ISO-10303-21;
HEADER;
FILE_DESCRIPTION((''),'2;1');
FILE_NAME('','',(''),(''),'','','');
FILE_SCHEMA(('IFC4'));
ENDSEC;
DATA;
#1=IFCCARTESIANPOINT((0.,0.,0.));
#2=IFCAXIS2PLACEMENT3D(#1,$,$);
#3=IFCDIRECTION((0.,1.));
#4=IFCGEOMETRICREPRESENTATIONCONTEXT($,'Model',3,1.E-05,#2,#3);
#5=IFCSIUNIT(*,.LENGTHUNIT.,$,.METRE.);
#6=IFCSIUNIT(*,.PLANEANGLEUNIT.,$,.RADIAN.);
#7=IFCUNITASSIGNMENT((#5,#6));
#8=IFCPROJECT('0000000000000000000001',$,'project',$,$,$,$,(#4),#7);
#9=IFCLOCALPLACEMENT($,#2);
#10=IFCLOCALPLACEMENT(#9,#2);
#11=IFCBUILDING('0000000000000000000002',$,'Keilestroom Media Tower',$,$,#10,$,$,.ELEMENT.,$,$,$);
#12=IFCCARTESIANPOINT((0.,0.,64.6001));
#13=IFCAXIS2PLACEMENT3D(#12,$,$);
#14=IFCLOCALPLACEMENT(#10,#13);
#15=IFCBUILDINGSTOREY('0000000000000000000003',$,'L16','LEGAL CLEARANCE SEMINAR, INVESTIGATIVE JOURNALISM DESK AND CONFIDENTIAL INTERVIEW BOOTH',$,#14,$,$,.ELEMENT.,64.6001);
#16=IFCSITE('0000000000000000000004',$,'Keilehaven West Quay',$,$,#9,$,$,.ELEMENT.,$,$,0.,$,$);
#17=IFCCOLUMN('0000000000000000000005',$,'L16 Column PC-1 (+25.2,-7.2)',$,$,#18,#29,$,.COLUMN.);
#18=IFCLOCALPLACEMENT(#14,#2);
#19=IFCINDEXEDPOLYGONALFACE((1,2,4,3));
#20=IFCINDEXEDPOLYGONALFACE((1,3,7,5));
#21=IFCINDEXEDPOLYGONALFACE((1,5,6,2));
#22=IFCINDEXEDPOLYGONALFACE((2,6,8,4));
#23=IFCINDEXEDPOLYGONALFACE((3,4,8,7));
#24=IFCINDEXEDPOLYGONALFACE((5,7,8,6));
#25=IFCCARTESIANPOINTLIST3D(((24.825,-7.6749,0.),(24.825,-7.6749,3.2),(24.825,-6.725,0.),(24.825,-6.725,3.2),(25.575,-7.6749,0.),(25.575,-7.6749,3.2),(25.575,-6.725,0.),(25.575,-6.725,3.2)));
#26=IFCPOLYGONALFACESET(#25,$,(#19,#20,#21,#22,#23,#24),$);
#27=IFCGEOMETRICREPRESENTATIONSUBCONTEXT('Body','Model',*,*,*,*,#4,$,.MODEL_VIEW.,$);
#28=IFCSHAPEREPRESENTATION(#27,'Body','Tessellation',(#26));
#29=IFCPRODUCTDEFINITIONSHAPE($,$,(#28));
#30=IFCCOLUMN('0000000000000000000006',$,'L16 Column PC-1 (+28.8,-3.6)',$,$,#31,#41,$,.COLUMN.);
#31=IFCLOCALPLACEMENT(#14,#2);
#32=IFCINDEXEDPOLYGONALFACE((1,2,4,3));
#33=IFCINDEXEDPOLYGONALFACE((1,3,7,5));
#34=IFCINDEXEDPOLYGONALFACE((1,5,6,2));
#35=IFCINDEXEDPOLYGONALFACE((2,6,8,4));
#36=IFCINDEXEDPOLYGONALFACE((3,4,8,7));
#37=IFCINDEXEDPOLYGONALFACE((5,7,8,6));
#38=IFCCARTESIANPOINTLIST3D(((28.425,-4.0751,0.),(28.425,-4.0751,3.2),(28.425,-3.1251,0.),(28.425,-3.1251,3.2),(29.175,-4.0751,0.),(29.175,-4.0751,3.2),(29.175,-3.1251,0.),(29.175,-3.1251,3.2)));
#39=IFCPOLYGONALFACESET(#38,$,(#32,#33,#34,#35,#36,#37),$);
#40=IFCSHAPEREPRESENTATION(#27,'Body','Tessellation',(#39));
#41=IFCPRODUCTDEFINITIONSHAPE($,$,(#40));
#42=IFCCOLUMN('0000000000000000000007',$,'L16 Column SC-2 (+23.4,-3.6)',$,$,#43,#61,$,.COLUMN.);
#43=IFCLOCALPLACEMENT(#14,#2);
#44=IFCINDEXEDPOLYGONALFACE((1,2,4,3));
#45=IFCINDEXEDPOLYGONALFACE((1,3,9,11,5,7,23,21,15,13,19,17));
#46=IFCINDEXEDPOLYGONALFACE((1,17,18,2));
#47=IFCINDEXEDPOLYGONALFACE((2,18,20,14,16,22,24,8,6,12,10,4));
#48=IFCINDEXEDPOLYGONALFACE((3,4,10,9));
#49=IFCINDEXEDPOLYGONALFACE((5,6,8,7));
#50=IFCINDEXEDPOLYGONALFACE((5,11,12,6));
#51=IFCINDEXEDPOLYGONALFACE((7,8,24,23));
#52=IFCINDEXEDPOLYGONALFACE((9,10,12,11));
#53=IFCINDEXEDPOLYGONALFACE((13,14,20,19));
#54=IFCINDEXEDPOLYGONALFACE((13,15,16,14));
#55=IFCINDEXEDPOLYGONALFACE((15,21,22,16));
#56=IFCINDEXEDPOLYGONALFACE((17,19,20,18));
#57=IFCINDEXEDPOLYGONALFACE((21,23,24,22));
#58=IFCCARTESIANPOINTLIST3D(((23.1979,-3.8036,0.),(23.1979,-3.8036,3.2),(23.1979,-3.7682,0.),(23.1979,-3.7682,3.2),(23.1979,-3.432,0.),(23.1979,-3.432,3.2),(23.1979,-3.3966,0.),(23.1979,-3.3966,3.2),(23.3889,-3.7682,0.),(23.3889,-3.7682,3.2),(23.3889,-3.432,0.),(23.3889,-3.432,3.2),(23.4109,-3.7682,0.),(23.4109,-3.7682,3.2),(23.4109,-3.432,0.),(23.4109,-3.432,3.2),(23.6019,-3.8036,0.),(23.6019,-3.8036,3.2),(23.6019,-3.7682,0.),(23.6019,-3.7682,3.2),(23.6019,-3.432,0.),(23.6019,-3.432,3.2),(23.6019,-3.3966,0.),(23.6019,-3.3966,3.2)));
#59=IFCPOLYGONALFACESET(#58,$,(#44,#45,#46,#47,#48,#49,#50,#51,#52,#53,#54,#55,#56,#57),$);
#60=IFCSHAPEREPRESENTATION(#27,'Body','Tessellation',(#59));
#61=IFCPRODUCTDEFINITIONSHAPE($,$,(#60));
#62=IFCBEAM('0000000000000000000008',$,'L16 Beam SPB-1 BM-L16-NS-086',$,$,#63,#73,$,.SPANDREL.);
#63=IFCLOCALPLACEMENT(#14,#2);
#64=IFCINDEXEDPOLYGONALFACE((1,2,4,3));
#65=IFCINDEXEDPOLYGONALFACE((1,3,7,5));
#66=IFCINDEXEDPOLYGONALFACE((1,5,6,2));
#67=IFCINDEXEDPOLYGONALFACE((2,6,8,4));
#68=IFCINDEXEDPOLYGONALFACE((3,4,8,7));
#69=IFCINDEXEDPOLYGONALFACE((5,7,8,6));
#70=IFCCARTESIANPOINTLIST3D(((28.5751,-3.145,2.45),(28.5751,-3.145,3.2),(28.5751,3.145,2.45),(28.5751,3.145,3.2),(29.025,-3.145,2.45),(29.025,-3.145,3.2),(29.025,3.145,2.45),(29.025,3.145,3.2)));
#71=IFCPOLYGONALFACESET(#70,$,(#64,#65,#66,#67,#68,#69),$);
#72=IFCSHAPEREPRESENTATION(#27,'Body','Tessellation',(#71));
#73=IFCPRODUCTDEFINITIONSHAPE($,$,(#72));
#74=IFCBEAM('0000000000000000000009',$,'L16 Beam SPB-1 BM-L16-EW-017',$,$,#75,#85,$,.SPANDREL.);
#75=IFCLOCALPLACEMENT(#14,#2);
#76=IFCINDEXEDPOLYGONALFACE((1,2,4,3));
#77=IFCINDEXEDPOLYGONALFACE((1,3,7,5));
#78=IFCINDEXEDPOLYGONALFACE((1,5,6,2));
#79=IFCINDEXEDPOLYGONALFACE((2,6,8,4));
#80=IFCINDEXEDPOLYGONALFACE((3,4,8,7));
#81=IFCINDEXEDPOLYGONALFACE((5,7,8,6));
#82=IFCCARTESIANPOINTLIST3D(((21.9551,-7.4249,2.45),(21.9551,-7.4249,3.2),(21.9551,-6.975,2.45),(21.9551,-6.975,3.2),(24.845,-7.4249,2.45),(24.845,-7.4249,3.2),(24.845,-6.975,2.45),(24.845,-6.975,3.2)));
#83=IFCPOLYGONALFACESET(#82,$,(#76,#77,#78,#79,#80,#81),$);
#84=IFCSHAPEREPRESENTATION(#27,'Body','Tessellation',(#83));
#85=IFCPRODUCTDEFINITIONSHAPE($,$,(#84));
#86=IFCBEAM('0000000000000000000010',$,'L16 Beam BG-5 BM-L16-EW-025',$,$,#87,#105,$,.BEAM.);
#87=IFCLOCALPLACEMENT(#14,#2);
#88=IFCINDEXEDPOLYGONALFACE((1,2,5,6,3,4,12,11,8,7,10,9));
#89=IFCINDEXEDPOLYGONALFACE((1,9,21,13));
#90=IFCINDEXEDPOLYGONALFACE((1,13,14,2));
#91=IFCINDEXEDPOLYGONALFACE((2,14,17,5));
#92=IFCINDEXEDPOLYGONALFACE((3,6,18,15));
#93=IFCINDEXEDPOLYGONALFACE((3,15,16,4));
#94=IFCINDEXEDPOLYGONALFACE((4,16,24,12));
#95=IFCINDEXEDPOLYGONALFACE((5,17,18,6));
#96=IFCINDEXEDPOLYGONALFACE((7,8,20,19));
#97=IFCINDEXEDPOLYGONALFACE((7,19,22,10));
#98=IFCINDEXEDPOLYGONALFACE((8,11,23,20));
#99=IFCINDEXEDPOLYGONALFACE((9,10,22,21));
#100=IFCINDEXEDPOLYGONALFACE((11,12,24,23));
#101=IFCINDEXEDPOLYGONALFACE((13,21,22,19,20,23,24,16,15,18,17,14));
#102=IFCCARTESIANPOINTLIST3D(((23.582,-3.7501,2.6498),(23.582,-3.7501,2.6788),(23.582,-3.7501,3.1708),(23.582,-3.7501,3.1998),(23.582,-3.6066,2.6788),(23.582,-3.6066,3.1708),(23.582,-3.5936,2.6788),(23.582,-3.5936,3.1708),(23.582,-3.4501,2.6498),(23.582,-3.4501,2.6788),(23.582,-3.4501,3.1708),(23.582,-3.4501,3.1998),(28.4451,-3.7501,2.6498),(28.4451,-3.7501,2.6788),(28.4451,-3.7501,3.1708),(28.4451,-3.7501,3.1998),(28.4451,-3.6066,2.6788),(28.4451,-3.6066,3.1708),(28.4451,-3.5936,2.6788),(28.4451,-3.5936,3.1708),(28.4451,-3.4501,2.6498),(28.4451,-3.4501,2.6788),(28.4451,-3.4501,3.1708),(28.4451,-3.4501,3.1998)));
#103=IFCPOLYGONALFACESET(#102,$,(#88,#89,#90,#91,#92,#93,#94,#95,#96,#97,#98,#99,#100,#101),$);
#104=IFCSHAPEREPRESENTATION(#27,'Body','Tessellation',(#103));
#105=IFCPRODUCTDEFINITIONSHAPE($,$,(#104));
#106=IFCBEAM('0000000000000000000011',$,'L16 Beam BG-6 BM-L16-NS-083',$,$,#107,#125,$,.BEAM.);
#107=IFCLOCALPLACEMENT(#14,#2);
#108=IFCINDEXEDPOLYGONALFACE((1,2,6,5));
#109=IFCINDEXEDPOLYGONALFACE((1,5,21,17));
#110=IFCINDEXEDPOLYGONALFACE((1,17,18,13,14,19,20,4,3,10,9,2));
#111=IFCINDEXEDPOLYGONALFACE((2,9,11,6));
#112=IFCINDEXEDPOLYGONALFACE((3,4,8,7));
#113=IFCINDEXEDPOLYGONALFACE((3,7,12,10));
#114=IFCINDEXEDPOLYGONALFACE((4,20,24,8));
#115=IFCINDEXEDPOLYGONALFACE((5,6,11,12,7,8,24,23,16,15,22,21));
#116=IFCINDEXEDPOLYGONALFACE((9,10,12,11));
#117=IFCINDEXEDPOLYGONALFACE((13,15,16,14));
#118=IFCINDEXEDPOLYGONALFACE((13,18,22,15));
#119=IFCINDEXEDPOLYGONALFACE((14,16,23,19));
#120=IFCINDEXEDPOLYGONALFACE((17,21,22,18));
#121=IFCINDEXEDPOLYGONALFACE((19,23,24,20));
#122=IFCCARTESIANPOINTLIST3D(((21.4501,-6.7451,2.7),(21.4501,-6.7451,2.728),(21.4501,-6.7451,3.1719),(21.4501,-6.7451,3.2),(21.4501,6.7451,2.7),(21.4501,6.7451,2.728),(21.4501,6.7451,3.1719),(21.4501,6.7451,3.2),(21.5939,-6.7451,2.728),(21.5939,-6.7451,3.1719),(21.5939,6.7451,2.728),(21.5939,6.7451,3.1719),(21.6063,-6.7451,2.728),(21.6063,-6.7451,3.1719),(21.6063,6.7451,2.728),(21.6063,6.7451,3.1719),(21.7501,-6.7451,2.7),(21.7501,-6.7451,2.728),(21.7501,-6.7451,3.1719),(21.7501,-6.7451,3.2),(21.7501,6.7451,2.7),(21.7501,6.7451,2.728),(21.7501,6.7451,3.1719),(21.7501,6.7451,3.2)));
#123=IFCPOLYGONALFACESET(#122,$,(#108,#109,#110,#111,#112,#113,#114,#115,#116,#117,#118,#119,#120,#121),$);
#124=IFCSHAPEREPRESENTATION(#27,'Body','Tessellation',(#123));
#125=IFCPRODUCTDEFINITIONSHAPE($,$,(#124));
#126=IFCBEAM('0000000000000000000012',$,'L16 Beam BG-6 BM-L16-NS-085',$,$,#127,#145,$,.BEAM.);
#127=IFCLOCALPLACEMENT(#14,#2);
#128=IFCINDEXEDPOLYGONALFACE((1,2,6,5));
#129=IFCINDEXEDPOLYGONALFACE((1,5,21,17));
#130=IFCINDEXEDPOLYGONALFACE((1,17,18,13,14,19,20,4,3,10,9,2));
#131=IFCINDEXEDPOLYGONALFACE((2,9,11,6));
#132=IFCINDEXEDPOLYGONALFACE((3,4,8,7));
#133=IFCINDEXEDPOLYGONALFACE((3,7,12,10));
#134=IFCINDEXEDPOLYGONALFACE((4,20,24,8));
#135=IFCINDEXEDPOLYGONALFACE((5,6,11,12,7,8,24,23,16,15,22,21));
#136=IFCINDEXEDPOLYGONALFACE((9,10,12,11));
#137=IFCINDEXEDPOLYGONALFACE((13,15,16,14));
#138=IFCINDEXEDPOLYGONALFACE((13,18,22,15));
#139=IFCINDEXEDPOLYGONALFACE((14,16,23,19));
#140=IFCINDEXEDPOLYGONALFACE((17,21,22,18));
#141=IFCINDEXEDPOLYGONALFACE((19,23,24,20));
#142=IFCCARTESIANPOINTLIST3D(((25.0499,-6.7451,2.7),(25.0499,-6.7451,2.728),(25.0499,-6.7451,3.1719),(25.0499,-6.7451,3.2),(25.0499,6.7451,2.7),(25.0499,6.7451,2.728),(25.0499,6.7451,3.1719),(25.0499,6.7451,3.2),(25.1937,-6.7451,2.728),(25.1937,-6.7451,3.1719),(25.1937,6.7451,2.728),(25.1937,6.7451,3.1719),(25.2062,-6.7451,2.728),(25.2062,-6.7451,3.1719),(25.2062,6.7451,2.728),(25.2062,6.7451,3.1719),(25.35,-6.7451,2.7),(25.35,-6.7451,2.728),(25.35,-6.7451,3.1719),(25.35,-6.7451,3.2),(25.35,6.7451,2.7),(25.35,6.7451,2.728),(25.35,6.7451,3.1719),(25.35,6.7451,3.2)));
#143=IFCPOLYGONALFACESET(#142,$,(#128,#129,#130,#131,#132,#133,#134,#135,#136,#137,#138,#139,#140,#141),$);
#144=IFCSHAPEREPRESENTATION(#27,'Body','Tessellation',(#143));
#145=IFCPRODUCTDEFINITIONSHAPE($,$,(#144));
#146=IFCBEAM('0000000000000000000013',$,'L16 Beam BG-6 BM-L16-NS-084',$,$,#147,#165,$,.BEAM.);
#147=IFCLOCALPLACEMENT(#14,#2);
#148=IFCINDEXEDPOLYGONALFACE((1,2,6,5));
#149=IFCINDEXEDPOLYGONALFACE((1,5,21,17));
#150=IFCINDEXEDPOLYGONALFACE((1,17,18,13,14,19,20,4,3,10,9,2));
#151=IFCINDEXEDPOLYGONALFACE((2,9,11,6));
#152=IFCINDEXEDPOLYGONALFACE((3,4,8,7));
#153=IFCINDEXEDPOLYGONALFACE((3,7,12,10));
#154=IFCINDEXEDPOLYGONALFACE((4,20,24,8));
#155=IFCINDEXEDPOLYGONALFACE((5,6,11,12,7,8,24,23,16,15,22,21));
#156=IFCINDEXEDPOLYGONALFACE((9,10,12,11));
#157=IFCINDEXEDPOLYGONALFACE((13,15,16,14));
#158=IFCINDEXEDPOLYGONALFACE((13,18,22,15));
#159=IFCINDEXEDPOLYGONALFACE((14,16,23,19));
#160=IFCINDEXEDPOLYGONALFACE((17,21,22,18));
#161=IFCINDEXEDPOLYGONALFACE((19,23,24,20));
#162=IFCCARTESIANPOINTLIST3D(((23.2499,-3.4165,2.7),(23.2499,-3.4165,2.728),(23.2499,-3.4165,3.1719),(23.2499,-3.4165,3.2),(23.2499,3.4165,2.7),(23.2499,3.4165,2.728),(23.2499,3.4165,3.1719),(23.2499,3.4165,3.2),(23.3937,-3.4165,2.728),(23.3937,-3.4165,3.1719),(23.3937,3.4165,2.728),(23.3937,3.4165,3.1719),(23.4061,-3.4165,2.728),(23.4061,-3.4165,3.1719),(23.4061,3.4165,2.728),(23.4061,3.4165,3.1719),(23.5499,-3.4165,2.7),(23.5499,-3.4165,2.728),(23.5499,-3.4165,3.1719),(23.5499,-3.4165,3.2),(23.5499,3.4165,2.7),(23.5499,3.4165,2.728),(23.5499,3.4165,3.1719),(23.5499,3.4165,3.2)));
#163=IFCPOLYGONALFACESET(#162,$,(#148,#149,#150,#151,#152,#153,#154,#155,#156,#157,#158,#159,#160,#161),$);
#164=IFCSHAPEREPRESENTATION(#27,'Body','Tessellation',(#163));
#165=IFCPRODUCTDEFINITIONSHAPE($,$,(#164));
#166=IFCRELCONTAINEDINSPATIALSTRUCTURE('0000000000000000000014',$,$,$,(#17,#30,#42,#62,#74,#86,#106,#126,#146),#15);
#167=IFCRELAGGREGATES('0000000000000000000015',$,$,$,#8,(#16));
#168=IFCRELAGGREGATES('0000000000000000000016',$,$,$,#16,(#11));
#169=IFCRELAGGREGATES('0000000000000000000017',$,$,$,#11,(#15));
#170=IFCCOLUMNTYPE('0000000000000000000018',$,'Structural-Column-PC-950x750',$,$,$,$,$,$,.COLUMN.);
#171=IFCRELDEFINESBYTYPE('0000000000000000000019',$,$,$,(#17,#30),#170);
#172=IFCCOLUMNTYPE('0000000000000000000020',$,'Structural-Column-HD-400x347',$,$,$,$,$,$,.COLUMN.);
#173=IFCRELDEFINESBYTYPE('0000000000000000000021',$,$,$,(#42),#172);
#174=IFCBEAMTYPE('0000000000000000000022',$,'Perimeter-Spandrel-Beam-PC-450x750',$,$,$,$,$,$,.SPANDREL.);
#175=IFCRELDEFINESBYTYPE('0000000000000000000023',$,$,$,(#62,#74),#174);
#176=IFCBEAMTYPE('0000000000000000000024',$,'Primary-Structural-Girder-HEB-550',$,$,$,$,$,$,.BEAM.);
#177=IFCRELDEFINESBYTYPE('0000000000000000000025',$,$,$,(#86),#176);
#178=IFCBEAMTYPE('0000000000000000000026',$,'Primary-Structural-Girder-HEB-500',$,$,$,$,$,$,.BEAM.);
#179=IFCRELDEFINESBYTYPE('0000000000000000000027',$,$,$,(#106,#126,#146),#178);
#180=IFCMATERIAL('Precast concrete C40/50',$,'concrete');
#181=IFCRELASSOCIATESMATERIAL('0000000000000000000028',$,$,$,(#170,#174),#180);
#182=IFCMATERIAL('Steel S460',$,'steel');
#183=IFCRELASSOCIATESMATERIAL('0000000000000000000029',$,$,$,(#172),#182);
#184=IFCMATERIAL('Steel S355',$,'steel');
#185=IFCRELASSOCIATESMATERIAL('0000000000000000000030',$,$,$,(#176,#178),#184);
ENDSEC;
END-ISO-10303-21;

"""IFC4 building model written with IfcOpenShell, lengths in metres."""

from ifc_helpers import new_model, si_unit, direction, frame, origin, origin_2d, place, context, subcontext, project, spatial, rectangle, i_section, extrude, source, transform, mapped, material, material_profile, profile_set, type_object, element, save


model = new_model("IFC4")

# Units and contexts
model_context = context("Model", 3, precision=1e-05, world=origin(), true_north=direction((0.0, 1.0)))
body_context = subcontext(model_context, "Body", "Model", "MODEL_VIEW")
ifc_project = project(units=[si_unit("LENGTHUNIT", "METRE"), si_unit("PLANEANGLEUNIT", "RADIAN")], contexts=[model_context])

# Site, building, storey
site_placement = place(None, origin())
site = spatial("IfcSite", under=ifc_project, at=site_placement, Name="Keilehaven West Quay", CompositionType="ELEMENT", RefElevation=0.0)
building_placement = place(site_placement, origin())
building = spatial("IfcBuilding", under=site, at=building_placement, Name="Keilestroom Media Tower", CompositionType="ELEMENT")
storey_placement = place(building_placement, frame((0.0, 0.0, 64.6001)))
storey = spatial("IfcBuildingStorey", under=building, at=storey_placement, Name="L16", Description="LEGAL CLEARANCE SEMINAR, INVESTIGATIVE JOURNALISM DESK AND CONFIDENTIAL INTERVIEW BOOTH", CompositionType="ELEMENT", Elevation=64.6001)

# Columns
ifc_material_1 = material(Name="Precast concrete C40/50", Category="concrete")
ifc_material_profile_1 = material_profile(ifc_material_1, rectangle(XDim=0.75, YDim=0.95, at=origin_2d()), Name="PC 950x750")
ifc_profile_set_1 = profile_set([ifc_material_profile_1], Name="Precast concrete C40/50")
column_type_1 = type_object("IfcColumnType", Name="Structural-Column-PC-950x750", PredefinedType="COLUMN", material=ifc_profile_set_1)
shared_shape_1 = source(origin(), body_context, "Body", "SweptSolid", [
    extrude(rectangle(XDim=0.75, YDim=0.95, at=origin_2d()), origin(), (0.0, 0.0, 1.0), 3.2),
])
for number, where, z_axis, x_axis, name in (
    (1, (25.2, -7.2, 0.0), (0.0, 0.0, 1.0), (1.0, 0.0, 0.0), "L16 Column PC-1 (+25.2,-7.2)"),
    (2, (28.8, -3.6001, 0.0), (0.0, 0.0, 1.0), (1.0, 0.0, 0.0), "L16 Column PC-1 (+28.8,-3.6)"),
):
    element("IfcColumn", number, at=place(storey_placement, frame(where, z_axis=z_axis, x_axis=x_axis)), inside=storey, type_object=column_type_1, Name=name, PredefinedType="COLUMN", context=body_context, shape_type="MappedRepresentation", body=[
        mapped(shared_shape_1, transform((0.0, 0.0, 0.0), x_axis=(1.0, 0.0, 0.0), y_axis=(0.0, 1.0, 0.0), z_axis=(0.0, 0.0, 1.0), scale=1.0)),
    ])
ifc_material_2 = material(Name="Steel S460", Category="steel")
ifc_material_profile_2 = material_profile(ifc_material_2, i_section(OverallWidth=0.4041, OverallDepth=0.407, WebThickness=0.022, FlangeThickness=0.0354, at=origin_2d()), Name="HD 400x347")
ifc_profile_set_2 = profile_set([ifc_material_profile_2], Name="Steel S460")
column_type_2 = type_object("IfcColumnType", Name="Structural-Column-HD-400x347", PredefinedType="COLUMN", material=ifc_profile_set_2)
shared_shape_2 = source(origin(), body_context, "Body", "SweptSolid", [
    extrude(i_section(OverallWidth=0.4041, OverallDepth=0.407, WebThickness=0.022, FlangeThickness=0.0354, at=origin_2d()), origin(), (0.0, 0.0, 1.0), 3.2),
])
column_placement = place(storey_placement, frame((23.3999, -3.6001, 0.0), z_axis=(0.0, 0.0, 1.0), x_axis=(1.0, 0.0, 0.0)))
element("IfcColumn", 3, at=column_placement, inside=storey, type_object=column_type_2, Name="L16 Column SC-2 (+23.4,-3.6)", PredefinedType="COLUMN", context=body_context, shape_type="MappedRepresentation", body=[
    mapped(shared_shape_2, transform((0.0, 0.0, 0.0), x_axis=(1.0, 0.0, 0.0), y_axis=(0.0, 1.0, 0.0), z_axis=(0.0, 0.0, 1.0), scale=1.0)),
])

# Beams
ifc_material_profile_3 = material_profile(ifc_material_1, rectangle(XDim=0.45, YDim=0.75, at=origin_2d()), Name="PC 450x750")
ifc_profile_set_3 = profile_set([ifc_material_profile_3], Name="Precast concrete C40/50")
beam_type_1 = type_object("IfcBeamType", Name="Perimeter-Spandrel-Beam-PC-450x750", PredefinedType="SPANDREL", material=ifc_profile_set_3)
shared_shape_3 = source(origin(), body_context, "Body", "SweptSolid", [
    extrude(rectangle(XDim=0.45, YDim=0.75, at=origin_2d()), origin(), (0.0, 0.0, 1.0), 6.29),
])
beam_1_placement = place(storey_placement, frame((28.8, -3.145, 2.825), z_axis=(0.0, 1.0, 0.0), x_axis=(-1.0, 0.0, 0.0)))
element("IfcBeam", 4, at=beam_1_placement, inside=storey, type_object=beam_type_1, Name="L16 Beam SPB-1 BM-L16-NS-086", PredefinedType="SPANDREL", context=body_context, shape_type="MappedRepresentation", body=[
    mapped(shared_shape_3, transform((0.0, 0.0, 0.0), x_axis=(1.0, 0.0, 0.0), y_axis=(0.0, 1.0, 0.0), z_axis=(0.0, 0.0, 1.0), scale=1.0)),
])
shared_shape_4 = source(origin(), body_context, "Body", "SweptSolid", [
    extrude(rectangle(XDim=0.45, YDim=0.75, at=origin_2d()), origin(), (0.0, 0.0, 1.0), 2.8899),
])
beam_2_placement = place(storey_placement, frame((21.9551, -7.2, 2.825), z_axis=(1.0, 0.0, 0.0), x_axis=(0.0, 1.0, 0.0)))
element("IfcBeam", 5, at=beam_2_placement, inside=storey, type_object=beam_type_1, Name="L16 Beam SPB-1 BM-L16-EW-017", PredefinedType="SPANDREL", context=body_context, shape_type="MappedRepresentation", body=[
    mapped(shared_shape_4, transform((0.0, 0.0, 0.0), x_axis=(1.0, 0.0, 0.0), y_axis=(0.0, 1.0, 0.0), z_axis=(0.0, 0.0, 1.0), scale=1.0)),
])
ifc_material_3 = material(Name="Steel S355", Category="steel")
ifc_material_profile_4 = material_profile(ifc_material_3, i_section(OverallWidth=0.3, OverallDepth=0.55, WebThickness=0.0129, FlangeThickness=0.0291, at=origin_2d()), Name="HEB 550")
ifc_profile_set_4 = profile_set([ifc_material_profile_4], Name="Steel S355")
beam_type_2 = type_object("IfcBeamType", Name="Primary-Structural-Girder-HEB-550", PredefinedType="BEAM", material=ifc_profile_set_4)
shared_shape_5 = source(origin(), body_context, "Body", "SweptSolid", [
    extrude(i_section(OverallWidth=0.3, OverallDepth=0.55, WebThickness=0.0129, FlangeThickness=0.0291, at=origin_2d()), origin(), (0.0, 0.0, 1.0), 4.863),
])
beam_3_placement = place(storey_placement, frame((23.582, -3.6001, 2.9248), z_axis=(1.0, 0.0, 0.0), x_axis=(0.0, 1.0, 0.0)))
element("IfcBeam", 6, at=beam_3_placement, inside=storey, type_object=beam_type_2, Name="L16 Beam BG-5 BM-L16-EW-025", PredefinedType="BEAM", context=body_context, shape_type="MappedRepresentation", body=[
    mapped(shared_shape_5, transform((0.0, 0.0, 0.0), x_axis=(1.0, 0.0, 0.0), y_axis=(0.0, 1.0, 0.0), z_axis=(0.0, 0.0, 1.0), scale=1.0)),
])
ifc_material_profile_5 = material_profile(ifc_material_3, i_section(OverallWidth=0.3, OverallDepth=0.5, WebThickness=0.0125, FlangeThickness=0.0281, at=origin_2d()), Name="HEB 500")
ifc_profile_set_5 = profile_set([ifc_material_profile_5], Name="Steel S355")
beam_type_3 = type_object("IfcBeamType", Name="Primary-Structural-Girder-HEB-500", PredefinedType="BEAM", material=ifc_profile_set_5)
shared_shape_6 = source(origin(), body_context, "Body", "SweptSolid", [
    extrude(i_section(OverallWidth=0.3, OverallDepth=0.5, WebThickness=0.0125, FlangeThickness=0.0281, at=origin_2d()), origin(), (0.0, 0.0, 1.0), 13.4902),
])
for number, where, z_axis, x_axis, name in (
    (7, (21.6001, -6.7451, 2.95), (0.0, 1.0, 0.0), (-1.0, 0.0, 0.0), "L16 Beam BG-6 BM-L16-NS-083"),
    (8, (25.2, -6.7451, 2.95), (0.0, 1.0, 0.0), (-1.0, 0.0, 0.0), "L16 Beam BG-6 BM-L16-NS-085"),
):
    element("IfcBeam", number, at=place(storey_placement, frame(where, z_axis=z_axis, x_axis=x_axis)), inside=storey, type_object=beam_type_3, Name=name, PredefinedType="BEAM", context=body_context, shape_type="MappedRepresentation", body=[
        mapped(shared_shape_6, transform((0.0, 0.0, 0.0), x_axis=(1.0, 0.0, 0.0), y_axis=(0.0, 1.0, 0.0), z_axis=(0.0, 0.0, 1.0), scale=1.0)),
    ])
shared_shape_7 = source(origin(), body_context, "Body", "SweptSolid", [
    extrude(i_section(OverallWidth=0.3, OverallDepth=0.5, WebThickness=0.0125, FlangeThickness=0.0281, at=origin_2d()), origin(), (0.0, 0.0, 1.0), 6.833),
])
beam_4_placement = place(storey_placement, frame((23.3999, -3.4165, 2.95), z_axis=(0.0, 1.0, 0.0), x_axis=(-1.0, 0.0, 0.0)))
element("IfcBeam", 9, at=beam_4_placement, inside=storey, type_object=beam_type_3, Name="L16 Beam BG-6 BM-L16-NS-084", PredefinedType="BEAM", context=body_context, shape_type="MappedRepresentation", body=[
    mapped(shared_shape_7, transform((0.0, 0.0, 0.0), x_axis=(1.0, 0.0, 0.0), y_axis=(0.0, 1.0, 0.0), z_axis=(0.0, 0.0, 1.0), scale=1.0)),
])

save(model, "model.ifc")
